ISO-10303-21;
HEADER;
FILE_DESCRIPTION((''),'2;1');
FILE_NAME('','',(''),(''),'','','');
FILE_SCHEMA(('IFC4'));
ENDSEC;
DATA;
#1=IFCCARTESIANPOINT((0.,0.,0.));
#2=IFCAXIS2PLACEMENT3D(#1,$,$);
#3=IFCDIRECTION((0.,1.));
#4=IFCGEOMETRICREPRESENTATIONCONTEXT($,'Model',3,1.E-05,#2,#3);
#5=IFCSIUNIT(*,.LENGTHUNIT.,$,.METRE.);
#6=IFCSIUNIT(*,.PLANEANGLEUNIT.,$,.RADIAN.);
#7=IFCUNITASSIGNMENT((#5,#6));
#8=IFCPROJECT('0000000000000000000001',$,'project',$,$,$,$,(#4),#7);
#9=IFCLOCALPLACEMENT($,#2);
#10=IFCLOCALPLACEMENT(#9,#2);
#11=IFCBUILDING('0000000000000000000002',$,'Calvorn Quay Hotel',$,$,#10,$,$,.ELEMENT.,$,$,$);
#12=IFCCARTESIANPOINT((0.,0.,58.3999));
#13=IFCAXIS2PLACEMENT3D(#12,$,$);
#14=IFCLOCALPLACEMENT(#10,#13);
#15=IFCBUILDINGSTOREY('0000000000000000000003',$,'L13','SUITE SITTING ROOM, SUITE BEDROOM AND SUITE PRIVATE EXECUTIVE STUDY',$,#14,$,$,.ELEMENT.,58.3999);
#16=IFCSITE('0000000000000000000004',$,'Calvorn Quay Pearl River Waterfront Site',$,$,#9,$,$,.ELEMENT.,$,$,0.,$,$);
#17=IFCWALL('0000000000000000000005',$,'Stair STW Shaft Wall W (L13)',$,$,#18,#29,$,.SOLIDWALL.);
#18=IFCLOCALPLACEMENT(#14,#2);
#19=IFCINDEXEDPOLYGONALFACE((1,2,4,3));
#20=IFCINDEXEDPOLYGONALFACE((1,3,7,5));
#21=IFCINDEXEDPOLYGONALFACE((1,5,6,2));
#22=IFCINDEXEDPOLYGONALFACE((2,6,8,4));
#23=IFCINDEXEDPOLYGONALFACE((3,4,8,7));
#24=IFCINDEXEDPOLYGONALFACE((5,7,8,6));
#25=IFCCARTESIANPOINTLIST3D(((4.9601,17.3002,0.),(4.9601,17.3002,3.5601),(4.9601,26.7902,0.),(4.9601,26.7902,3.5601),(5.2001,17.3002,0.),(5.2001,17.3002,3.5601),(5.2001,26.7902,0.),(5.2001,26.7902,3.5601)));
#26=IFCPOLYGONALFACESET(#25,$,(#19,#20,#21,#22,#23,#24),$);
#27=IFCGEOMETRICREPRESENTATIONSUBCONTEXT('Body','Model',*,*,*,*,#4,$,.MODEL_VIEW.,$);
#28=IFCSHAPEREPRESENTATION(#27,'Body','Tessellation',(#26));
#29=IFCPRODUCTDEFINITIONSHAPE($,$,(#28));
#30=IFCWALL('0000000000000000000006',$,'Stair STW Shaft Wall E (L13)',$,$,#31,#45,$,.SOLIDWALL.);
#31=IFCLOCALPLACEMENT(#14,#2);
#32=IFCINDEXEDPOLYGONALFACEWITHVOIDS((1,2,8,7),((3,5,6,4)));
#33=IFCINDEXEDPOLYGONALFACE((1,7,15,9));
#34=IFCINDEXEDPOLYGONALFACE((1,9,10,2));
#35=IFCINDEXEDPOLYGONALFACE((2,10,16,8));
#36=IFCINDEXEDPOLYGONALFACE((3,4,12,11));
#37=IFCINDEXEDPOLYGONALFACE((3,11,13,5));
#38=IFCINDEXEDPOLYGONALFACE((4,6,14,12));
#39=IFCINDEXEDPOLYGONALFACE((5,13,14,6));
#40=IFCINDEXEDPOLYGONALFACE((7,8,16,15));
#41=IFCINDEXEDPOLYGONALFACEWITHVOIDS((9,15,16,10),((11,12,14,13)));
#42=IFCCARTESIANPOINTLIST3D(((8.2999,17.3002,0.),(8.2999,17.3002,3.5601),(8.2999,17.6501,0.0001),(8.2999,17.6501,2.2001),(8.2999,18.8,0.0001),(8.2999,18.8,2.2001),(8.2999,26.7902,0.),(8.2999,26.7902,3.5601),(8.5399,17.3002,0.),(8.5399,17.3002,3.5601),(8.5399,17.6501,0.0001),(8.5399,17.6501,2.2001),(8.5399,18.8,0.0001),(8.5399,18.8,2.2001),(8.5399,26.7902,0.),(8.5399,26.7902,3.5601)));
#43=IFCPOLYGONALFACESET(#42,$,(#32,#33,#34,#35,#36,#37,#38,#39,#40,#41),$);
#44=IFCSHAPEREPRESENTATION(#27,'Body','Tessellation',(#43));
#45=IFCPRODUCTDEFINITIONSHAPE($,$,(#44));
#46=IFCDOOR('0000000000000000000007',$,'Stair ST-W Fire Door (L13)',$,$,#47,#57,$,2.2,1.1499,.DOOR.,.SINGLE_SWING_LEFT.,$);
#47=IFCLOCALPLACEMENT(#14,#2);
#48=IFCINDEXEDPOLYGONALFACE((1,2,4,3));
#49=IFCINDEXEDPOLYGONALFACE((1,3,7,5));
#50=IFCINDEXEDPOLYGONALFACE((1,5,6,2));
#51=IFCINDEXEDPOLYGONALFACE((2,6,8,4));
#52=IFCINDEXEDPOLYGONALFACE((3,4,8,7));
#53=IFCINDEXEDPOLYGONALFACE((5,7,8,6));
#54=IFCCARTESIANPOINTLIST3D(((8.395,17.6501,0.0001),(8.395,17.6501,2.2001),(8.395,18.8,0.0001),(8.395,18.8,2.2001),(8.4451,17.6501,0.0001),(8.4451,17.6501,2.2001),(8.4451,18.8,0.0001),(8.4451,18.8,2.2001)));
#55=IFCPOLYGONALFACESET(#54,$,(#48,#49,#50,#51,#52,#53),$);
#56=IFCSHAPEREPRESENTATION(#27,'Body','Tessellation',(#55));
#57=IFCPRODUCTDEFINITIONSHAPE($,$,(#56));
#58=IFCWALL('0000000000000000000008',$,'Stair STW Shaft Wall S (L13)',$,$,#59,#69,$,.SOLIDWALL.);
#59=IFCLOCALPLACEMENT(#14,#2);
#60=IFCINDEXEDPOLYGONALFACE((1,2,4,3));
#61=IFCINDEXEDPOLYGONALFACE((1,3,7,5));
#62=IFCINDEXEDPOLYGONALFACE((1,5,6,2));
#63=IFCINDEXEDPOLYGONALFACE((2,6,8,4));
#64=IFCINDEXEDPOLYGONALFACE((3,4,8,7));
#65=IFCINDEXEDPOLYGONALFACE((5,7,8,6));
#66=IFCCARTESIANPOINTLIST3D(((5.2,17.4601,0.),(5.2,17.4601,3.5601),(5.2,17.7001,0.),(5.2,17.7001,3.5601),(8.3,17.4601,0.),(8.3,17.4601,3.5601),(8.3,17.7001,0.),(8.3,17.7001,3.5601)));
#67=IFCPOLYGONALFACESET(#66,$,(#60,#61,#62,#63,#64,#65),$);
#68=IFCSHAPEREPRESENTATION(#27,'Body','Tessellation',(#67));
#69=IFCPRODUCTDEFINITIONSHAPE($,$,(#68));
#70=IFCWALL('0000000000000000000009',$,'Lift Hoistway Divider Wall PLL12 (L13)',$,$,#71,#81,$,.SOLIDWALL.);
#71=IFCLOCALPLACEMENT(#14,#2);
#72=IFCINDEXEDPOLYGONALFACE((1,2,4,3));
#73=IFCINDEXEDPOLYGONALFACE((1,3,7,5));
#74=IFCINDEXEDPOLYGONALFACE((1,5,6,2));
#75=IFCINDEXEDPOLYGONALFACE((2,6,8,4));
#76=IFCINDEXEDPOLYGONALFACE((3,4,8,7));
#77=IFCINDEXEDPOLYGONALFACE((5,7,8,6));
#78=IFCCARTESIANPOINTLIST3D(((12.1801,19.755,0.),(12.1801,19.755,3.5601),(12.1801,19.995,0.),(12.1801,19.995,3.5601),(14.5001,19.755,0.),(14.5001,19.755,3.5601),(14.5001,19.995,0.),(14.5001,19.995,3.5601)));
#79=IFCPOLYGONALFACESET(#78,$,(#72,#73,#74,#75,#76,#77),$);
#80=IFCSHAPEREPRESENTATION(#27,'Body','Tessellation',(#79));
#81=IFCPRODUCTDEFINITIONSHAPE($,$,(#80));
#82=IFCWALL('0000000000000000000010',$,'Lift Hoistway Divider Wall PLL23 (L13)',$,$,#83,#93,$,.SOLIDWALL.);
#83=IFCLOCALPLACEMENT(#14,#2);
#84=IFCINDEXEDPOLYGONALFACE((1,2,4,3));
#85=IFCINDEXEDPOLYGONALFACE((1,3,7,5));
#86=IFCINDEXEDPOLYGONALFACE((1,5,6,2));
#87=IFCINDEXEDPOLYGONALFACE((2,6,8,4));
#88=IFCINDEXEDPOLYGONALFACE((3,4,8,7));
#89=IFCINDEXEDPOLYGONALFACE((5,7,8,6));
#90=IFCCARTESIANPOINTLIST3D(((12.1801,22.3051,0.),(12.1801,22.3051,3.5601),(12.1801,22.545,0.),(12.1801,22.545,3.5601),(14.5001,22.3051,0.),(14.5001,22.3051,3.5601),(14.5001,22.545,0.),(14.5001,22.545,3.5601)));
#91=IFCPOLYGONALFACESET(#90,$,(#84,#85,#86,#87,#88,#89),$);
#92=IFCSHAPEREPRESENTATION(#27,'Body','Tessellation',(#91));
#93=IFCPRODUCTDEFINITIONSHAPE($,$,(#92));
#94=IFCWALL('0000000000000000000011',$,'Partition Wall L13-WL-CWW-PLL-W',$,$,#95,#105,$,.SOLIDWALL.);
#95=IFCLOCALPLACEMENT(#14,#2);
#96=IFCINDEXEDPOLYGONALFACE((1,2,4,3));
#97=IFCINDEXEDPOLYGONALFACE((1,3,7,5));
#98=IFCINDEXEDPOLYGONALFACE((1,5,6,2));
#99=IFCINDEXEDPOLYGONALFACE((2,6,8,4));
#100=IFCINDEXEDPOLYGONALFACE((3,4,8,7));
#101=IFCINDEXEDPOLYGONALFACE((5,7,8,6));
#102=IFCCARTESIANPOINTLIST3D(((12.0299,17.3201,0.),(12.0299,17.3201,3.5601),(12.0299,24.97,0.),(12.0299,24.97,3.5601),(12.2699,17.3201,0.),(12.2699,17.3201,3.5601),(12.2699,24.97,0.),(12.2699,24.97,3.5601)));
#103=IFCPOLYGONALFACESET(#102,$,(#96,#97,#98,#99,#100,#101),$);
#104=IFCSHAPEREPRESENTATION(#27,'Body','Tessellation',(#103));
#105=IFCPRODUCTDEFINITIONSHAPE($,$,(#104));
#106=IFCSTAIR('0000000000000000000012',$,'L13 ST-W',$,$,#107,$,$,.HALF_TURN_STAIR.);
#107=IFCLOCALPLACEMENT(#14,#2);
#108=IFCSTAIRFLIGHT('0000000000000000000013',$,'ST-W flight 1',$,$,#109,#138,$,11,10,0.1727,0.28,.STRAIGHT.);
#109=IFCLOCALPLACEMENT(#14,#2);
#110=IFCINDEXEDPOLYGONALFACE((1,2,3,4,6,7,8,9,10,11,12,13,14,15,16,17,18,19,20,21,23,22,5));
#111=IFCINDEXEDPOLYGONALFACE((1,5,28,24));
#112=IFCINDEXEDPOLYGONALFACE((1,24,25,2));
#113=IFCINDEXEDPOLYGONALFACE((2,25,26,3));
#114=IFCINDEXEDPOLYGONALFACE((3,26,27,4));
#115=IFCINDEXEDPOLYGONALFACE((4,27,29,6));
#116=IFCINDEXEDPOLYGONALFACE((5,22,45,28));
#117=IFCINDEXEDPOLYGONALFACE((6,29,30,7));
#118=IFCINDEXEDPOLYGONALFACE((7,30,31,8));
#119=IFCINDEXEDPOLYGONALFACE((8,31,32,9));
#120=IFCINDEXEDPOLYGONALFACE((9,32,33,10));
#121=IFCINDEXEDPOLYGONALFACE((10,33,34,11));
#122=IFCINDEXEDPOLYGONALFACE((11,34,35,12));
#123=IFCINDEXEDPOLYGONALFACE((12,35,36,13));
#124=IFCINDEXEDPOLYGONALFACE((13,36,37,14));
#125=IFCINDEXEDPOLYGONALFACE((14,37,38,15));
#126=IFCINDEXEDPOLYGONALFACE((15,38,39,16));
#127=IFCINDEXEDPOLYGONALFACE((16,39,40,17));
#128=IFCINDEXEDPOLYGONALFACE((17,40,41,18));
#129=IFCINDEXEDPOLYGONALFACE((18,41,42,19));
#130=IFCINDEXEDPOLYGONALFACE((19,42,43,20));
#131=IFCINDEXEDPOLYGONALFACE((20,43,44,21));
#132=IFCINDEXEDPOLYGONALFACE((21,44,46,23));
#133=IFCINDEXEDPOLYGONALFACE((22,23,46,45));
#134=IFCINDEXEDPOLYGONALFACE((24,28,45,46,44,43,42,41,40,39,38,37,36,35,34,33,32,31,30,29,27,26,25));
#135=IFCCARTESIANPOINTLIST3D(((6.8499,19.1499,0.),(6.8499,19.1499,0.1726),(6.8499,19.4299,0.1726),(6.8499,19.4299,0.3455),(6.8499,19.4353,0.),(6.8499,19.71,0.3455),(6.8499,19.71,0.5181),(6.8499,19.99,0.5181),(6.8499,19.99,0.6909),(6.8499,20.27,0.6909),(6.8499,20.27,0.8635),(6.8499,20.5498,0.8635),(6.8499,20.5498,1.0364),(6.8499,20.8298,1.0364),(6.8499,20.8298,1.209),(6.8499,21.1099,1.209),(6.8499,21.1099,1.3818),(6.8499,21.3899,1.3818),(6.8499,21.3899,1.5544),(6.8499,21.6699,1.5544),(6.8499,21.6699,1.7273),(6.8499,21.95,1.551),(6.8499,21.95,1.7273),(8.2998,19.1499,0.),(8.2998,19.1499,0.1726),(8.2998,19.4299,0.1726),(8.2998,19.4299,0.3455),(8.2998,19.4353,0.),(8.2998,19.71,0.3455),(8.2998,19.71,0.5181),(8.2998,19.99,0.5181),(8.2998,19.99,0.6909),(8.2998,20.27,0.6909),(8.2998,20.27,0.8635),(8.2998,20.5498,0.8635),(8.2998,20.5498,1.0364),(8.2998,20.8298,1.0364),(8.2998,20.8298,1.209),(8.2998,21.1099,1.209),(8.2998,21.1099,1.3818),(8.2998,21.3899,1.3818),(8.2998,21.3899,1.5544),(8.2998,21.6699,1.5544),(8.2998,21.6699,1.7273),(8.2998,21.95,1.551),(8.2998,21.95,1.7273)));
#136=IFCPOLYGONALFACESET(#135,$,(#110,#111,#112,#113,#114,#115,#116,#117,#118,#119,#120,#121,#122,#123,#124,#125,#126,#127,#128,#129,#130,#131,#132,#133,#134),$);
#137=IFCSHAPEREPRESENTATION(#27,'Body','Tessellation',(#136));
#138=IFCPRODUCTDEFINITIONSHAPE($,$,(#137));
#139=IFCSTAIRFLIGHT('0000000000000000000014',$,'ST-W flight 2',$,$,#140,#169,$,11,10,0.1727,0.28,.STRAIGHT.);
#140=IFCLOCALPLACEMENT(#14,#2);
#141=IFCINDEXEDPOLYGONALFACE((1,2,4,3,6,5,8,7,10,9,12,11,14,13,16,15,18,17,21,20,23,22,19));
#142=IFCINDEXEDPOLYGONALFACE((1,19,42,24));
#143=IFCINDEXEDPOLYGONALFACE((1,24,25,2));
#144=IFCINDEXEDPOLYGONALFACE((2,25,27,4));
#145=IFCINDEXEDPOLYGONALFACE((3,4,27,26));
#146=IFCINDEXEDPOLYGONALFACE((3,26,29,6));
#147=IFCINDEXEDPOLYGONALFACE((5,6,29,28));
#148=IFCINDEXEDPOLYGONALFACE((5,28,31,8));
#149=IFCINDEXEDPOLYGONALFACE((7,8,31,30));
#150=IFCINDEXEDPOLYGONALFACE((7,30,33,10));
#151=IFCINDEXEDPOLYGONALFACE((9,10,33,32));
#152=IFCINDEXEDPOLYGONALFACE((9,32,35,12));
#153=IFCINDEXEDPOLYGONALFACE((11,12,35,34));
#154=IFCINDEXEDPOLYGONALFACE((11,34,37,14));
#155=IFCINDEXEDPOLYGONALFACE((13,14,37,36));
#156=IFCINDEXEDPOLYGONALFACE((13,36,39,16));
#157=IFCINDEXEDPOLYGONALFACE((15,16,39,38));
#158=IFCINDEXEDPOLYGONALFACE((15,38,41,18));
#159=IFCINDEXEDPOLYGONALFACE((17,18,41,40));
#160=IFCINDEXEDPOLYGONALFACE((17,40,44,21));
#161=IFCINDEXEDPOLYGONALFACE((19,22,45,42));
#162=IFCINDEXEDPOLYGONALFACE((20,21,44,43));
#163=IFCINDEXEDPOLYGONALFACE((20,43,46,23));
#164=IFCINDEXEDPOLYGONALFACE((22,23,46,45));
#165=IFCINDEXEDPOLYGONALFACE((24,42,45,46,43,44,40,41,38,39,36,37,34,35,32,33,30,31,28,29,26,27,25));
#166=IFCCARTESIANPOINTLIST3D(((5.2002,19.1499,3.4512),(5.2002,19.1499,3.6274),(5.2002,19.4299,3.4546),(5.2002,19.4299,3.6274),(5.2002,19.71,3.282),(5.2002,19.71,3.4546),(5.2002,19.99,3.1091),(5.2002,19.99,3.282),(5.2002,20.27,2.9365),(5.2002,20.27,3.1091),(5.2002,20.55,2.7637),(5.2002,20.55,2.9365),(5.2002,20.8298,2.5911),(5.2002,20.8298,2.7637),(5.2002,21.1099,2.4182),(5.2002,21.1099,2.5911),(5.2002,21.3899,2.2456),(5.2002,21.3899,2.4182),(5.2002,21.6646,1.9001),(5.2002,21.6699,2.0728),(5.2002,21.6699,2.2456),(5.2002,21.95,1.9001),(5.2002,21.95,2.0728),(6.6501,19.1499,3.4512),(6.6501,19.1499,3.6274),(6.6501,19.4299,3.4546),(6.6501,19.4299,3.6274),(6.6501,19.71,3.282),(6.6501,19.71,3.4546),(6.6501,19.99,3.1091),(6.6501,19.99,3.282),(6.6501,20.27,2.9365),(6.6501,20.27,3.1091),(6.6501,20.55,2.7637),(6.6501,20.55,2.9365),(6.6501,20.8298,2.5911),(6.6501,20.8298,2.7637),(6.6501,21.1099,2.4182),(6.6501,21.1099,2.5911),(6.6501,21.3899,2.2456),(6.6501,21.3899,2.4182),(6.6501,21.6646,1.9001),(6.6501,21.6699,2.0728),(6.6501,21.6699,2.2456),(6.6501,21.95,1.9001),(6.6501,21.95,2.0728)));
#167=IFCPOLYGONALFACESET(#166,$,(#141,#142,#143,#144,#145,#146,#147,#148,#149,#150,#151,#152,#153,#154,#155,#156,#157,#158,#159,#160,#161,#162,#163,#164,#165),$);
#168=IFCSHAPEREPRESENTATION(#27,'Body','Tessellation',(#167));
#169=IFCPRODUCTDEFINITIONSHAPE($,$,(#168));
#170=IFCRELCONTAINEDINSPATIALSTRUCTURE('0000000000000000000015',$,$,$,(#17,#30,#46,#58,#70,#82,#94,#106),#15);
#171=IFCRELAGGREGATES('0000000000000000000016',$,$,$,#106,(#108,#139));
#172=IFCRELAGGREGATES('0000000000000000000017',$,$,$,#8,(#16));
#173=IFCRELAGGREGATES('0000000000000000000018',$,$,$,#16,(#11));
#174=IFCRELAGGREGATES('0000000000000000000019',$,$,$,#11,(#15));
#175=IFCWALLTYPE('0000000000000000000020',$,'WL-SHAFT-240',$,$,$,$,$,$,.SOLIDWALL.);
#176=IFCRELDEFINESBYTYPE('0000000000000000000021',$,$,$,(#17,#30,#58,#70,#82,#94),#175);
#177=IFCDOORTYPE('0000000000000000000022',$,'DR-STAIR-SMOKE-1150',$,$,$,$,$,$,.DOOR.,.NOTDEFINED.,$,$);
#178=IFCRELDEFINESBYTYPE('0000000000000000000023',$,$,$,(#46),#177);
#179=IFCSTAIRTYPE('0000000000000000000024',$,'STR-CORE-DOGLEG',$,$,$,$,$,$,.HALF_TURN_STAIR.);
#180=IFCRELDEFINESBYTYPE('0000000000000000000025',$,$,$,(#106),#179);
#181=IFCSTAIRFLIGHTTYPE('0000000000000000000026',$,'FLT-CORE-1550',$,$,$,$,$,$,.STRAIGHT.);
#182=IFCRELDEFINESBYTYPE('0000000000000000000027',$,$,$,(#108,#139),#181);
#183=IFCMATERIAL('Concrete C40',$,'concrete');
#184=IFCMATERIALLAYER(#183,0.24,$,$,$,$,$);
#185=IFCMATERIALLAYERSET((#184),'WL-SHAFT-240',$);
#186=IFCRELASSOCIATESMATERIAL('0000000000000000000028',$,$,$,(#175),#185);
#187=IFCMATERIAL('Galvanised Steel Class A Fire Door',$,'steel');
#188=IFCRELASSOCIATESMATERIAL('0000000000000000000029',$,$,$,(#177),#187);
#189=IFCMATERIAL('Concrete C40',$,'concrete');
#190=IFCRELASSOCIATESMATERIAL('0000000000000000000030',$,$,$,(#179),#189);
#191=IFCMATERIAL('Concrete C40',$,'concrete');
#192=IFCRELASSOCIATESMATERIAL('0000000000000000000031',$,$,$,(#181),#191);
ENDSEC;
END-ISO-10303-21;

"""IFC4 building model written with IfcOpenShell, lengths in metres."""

from ifc_helpers import new_model, si_unit, direction, frame, frame_2d, origin, place, context, subcontext, project, spatial, polyline, rectangle, outline, extrude, material, layer, layer_set, type_object, element, fill, aggregate, save


model = new_model("IFC4")

# Units and contexts
model_context = context("Model", 3, precision=1e-05, world=origin(), true_north=direction((0.0, 1.0)))
body_context = subcontext(model_context, "Body", "Model", "MODEL_VIEW")
ifc_project = project(units=[si_unit("LENGTHUNIT", "METRE"), si_unit("PLANEANGLEUNIT", "RADIAN")], contexts=[model_context])

# Site, building, storey
site_placement = place(None, origin())
site = spatial("IfcSite", under=ifc_project, at=site_placement, Name="Calvorn Quay Pearl River Waterfront Site", CompositionType="ELEMENT", RefElevation=0.0)
building_placement = place(site_placement, origin())
building = spatial("IfcBuilding", under=site, at=building_placement, Name="Calvorn Quay Hotel", CompositionType="ELEMENT")
storey_placement = place(building_placement, frame((0.0, 0.0, 58.3999)))
storey = spatial("IfcBuildingStorey", under=building, at=storey_placement, Name="L13", Description="SUITE SITTING ROOM, SUITE BEDROOM AND SUITE PRIVATE EXECUTIVE STUDY", CompositionType="ELEMENT", Elevation=58.3999)

# Wall
ifc_material_1 = material(Name="Concrete C40", Category="concrete")
ifc_layer_1 = layer(ifc_material_1, 0.24)
ifc_layer_set_1 = layer_set([ifc_layer_1], Name="WL-SHAFT-240")
wall_type_1 = type_object("IfcWallType", Name="WL-SHAFT-240", PredefinedType="SOLIDWALL", material=ifc_layer_set_1)
wall_1_placement = place(storey_placement, frame((5.0801, 17.3, 0.0), z_axis=(0.0, 0.0, 1.0), x_axis=(0.0, 1.0, 0.0)))
element("IfcWall", 1, at=wall_1_placement, inside=storey, type_object=wall_type_1, Name="Stair STW Shaft Wall W (L13)", PredefinedType="SOLIDWALL", context=body_context, shape_type="SweptSolid", body=[
    extrude(rectangle(XDim=9.49, YDim=0.24, at=frame_2d((4.7451, 0.0))), origin(), (0.0, 0.0, 1.0), 3.5601),
])

# Wall, opening, door
wall_2_placement = place(storey_placement, frame((8.4199, 17.3, 0.0), z_axis=(0.0, 0.0, 1.0), x_axis=(0.0, 1.0, 0.0)))
wall_2 = element("IfcWall", 2, at=wall_2_placement, inside=storey, type_object=wall_type_1, Name="Stair STW Shaft Wall E (L13)", PredefinedType="SOLIDWALL", context=body_context, shape_type="SweptSolid", body=[
    extrude(rectangle(XDim=9.49, YDim=0.24, at=frame_2d((4.7451, 0.0))), origin(), (0.0, 0.0, 1.0), 3.5601),
])
opening_1_placement = place(wall_2_placement, frame((0.3501, 0.0, 0.0)))
opening_1 = element("IfcOpeningElement", 3, at=opening_1_placement, cuts=wall_2, PredefinedType="OPENING", context=body_context, shape_type="SweptSolid", body=[
    extrude(rectangle(XDim=1.1499, YDim=2.2, at=frame_2d((0.575, 1.1001))), frame((0.0, 0.1299, 0.0), z_axis=(0.0, -1.0, 0.0), x_axis=(1.0, 0.0, 0.0)), (0.0, 0.0, 1.0), 0.26),
])
ifc_material_2 = material(Name="Galvanised Steel Class A Fire Door", Category="steel")
door_type_1 = type_object("IfcDoorType", Name="DR-STAIR-SMOKE-1150", OperationType="NOTDEFINED", PredefinedType="DOOR", material=ifc_material_2)
door_1_placement = place(opening_1_placement, origin())
door_1 = element("IfcDoor", 4, at=door_1_placement, inside=storey, type_object=door_type_1, Name="Stair ST-W Fire Door (L13)", OperationType="SINGLE_SWING_LEFT", OverallHeight=2.2, OverallWidth=1.1499, PredefinedType="DOOR", context=body_context, shape_type="SweptSolid", body=[
    extrude(rectangle(XDim=1.1499, YDim=2.2, at=frame_2d((0.575, 1.1001))), frame((0.0, 0.0249, 0.0), z_axis=(0.0, -1.0, 0.0), x_axis=(1.0, 0.0, 0.0)), (0.0, 0.0, 1.0), 0.05),
])
fill(opening_1, door_1)

# Walls
wall_3_placement = place(storey_placement, frame((5.2, 17.5801, 0.0), z_axis=(0.0, 0.0, 1.0), x_axis=(1.0, 0.0, 0.0)))
element("IfcWall", 5, at=wall_3_placement, inside=storey, type_object=wall_type_1, Name="Stair STW Shaft Wall S (L13)", PredefinedType="SOLIDWALL", context=body_context, shape_type="SweptSolid", body=[
    extrude(rectangle(XDim=3.1001, YDim=0.24, at=frame_2d((1.55, 0.0))), origin(), (0.0, 0.0, 1.0), 3.5601),
])
for number, where, z_axis, x_axis, name in (
    (6, (12.1799, 19.875, 0.0), (0.0, 0.0, 1.0), (1.0, 0.0, 0.0), "Lift Hoistway Divider Wall PLL12 (L13)"),
    (7, (12.1799, 22.425, 0.0), (0.0, 0.0, 1.0), (1.0, 0.0, 0.0), "Lift Hoistway Divider Wall PLL23 (L13)"),
):
    element("IfcWall", number, at=place(storey_placement, frame(where, z_axis=z_axis, x_axis=x_axis)), inside=storey, type_object=wall_type_1, Name=name, PredefinedType="SOLIDWALL", context=body_context, shape_type="SweptSolid", body=[
        extrude(rectangle(XDim=2.3201, YDim=0.24, at=frame_2d((1.1602, 0.0))), origin(), (0.0, 0.0, 1.0), 3.5601),
    ])
wall_4_placement = place(storey_placement, frame((12.1499, 17.3201, 0.0), z_axis=(0.0, 0.0, 1.0), x_axis=(0.0, 1.0, 0.0)))
element("IfcWall", 8, at=wall_4_placement, inside=storey, type_object=wall_type_1, Name="Partition Wall L13-WL-CWW-PLL-W", PredefinedType="SOLIDWALL", context=body_context, shape_type="SweptSolid", body=[
    extrude(rectangle(XDim=7.6499, YDim=0.24, at=frame_2d((3.825, 0.0))), origin(), (0.0, 0.0, 1.0), 3.5601),
])

# Stair, stair flights
ifc_material_3 = material(Name="Concrete C40", Category="concrete")
stair_type = type_object("IfcStairType", Name="STR-CORE-DOGLEG", PredefinedType="HALF_TURN_STAIR", material=ifc_material_3)
stair_placement = place(storey_placement, origin())
stair = element("IfcStair", 9, at=stair_placement, inside=storey, type_object=stair_type, Name="L13 ST-W", PredefinedType="HALF_TURN_STAIR")
ifc_material_4 = material(Name="Concrete C40", Category="concrete")
stair_flight_type = type_object("IfcStairFlightType", Name="FLT-CORE-1550", PredefinedType="STRAIGHT", material=ifc_material_4)
stair_flight_1_placement = place(storey_placement, frame((7.575, 19.1499, 0.0), z_axis=(0.0, 0.0, 1.0), x_axis=(0.0, 1.0, 0.0)))
stair_flight_1 = element("IfcStairFlight", 10, at=stair_flight_1_placement, type_object=stair_flight_type, Name="ST-W flight 1", NumberOfRisers=11, NumberOfTreads=10, PredefinedType="STRAIGHT", RiserHeight=0.1727, TreadLength=0.28, context=body_context, shape_type="SweptSolid", body=[
    extrude(outline(polyline([(0.0, 0.0), (0.0, 0.1726), (0.28, 0.1726), (0.28, 0.3455), (0.5601, 0.3455), (0.5601, 0.5181), (0.8401, 0.5181), (0.8401, 0.6909), (1.1201, 0.6909), (1.1201, 0.8635), (1.3999, 0.8635), (1.3999, 1.0364), (1.6799, 1.0364), (1.6799, 1.209), (1.96, 1.209), (1.96, 1.3818), (2.24, 1.3818), (2.24, 1.5544), (2.52, 1.5544), (2.52, 1.7273), (2.8, 1.7273), (2.8, 1.8999), (2.8, 1.551), (0.2854, 0.0), (0.0, 0.0)])), frame((0.0, 0.7251, 0.0), z_axis=(0.0, -1.0, 0.0), x_axis=(1.0, 0.0, 0.0)), (0.0, 0.0, 1.0), 1.45),
])
stair_flight_2_placement = place(storey_placement, frame((5.925, 21.95, 1.9001), z_axis=(0.0, 0.0, 1.0), x_axis=(0.0, -1.0, 0.0)))
stair_flight_2 = element("IfcStairFlight", 11, at=stair_flight_2_placement, type_object=stair_flight_type, Name="ST-W flight 2", NumberOfRisers=11, NumberOfTreads=10, PredefinedType="STRAIGHT", RiserHeight=0.1727, TreadLength=0.28, context=body_context, shape_type="SweptSolid", body=[
    extrude(outline(polyline([(0.0, 0.0), (0.0, 0.1726), (0.28, 0.1726), (0.28, 0.3455), (0.5601, 0.3455), (0.5601, 0.5181), (0.8401, 0.5181), (0.8401, 0.6909), (1.1201, 0.6909), (1.1201, 0.8635), (1.3999, 0.8635), (1.3999, 1.0364), (1.6799, 1.0364), (1.6799, 1.209), (1.96, 1.209), (1.96, 1.3818), (2.24, 1.3818), (2.24, 1.5544), (2.52, 1.5544), (2.52, 1.7273), (2.8, 1.7273), (2.8, 1.8999), (2.8, 1.551), (0.2854, 0.0), (0.0, 0.0)])), frame((0.0, 0.7251, 0.0), z_axis=(0.0, -1.0, 0.0), x_axis=(1.0, 0.0, 0.0)), (0.0, 0.0, 1.0), 1.45),
])
aggregate(stair, [stair_flight_1, stair_flight_2])

save(model, "model.ifc")
